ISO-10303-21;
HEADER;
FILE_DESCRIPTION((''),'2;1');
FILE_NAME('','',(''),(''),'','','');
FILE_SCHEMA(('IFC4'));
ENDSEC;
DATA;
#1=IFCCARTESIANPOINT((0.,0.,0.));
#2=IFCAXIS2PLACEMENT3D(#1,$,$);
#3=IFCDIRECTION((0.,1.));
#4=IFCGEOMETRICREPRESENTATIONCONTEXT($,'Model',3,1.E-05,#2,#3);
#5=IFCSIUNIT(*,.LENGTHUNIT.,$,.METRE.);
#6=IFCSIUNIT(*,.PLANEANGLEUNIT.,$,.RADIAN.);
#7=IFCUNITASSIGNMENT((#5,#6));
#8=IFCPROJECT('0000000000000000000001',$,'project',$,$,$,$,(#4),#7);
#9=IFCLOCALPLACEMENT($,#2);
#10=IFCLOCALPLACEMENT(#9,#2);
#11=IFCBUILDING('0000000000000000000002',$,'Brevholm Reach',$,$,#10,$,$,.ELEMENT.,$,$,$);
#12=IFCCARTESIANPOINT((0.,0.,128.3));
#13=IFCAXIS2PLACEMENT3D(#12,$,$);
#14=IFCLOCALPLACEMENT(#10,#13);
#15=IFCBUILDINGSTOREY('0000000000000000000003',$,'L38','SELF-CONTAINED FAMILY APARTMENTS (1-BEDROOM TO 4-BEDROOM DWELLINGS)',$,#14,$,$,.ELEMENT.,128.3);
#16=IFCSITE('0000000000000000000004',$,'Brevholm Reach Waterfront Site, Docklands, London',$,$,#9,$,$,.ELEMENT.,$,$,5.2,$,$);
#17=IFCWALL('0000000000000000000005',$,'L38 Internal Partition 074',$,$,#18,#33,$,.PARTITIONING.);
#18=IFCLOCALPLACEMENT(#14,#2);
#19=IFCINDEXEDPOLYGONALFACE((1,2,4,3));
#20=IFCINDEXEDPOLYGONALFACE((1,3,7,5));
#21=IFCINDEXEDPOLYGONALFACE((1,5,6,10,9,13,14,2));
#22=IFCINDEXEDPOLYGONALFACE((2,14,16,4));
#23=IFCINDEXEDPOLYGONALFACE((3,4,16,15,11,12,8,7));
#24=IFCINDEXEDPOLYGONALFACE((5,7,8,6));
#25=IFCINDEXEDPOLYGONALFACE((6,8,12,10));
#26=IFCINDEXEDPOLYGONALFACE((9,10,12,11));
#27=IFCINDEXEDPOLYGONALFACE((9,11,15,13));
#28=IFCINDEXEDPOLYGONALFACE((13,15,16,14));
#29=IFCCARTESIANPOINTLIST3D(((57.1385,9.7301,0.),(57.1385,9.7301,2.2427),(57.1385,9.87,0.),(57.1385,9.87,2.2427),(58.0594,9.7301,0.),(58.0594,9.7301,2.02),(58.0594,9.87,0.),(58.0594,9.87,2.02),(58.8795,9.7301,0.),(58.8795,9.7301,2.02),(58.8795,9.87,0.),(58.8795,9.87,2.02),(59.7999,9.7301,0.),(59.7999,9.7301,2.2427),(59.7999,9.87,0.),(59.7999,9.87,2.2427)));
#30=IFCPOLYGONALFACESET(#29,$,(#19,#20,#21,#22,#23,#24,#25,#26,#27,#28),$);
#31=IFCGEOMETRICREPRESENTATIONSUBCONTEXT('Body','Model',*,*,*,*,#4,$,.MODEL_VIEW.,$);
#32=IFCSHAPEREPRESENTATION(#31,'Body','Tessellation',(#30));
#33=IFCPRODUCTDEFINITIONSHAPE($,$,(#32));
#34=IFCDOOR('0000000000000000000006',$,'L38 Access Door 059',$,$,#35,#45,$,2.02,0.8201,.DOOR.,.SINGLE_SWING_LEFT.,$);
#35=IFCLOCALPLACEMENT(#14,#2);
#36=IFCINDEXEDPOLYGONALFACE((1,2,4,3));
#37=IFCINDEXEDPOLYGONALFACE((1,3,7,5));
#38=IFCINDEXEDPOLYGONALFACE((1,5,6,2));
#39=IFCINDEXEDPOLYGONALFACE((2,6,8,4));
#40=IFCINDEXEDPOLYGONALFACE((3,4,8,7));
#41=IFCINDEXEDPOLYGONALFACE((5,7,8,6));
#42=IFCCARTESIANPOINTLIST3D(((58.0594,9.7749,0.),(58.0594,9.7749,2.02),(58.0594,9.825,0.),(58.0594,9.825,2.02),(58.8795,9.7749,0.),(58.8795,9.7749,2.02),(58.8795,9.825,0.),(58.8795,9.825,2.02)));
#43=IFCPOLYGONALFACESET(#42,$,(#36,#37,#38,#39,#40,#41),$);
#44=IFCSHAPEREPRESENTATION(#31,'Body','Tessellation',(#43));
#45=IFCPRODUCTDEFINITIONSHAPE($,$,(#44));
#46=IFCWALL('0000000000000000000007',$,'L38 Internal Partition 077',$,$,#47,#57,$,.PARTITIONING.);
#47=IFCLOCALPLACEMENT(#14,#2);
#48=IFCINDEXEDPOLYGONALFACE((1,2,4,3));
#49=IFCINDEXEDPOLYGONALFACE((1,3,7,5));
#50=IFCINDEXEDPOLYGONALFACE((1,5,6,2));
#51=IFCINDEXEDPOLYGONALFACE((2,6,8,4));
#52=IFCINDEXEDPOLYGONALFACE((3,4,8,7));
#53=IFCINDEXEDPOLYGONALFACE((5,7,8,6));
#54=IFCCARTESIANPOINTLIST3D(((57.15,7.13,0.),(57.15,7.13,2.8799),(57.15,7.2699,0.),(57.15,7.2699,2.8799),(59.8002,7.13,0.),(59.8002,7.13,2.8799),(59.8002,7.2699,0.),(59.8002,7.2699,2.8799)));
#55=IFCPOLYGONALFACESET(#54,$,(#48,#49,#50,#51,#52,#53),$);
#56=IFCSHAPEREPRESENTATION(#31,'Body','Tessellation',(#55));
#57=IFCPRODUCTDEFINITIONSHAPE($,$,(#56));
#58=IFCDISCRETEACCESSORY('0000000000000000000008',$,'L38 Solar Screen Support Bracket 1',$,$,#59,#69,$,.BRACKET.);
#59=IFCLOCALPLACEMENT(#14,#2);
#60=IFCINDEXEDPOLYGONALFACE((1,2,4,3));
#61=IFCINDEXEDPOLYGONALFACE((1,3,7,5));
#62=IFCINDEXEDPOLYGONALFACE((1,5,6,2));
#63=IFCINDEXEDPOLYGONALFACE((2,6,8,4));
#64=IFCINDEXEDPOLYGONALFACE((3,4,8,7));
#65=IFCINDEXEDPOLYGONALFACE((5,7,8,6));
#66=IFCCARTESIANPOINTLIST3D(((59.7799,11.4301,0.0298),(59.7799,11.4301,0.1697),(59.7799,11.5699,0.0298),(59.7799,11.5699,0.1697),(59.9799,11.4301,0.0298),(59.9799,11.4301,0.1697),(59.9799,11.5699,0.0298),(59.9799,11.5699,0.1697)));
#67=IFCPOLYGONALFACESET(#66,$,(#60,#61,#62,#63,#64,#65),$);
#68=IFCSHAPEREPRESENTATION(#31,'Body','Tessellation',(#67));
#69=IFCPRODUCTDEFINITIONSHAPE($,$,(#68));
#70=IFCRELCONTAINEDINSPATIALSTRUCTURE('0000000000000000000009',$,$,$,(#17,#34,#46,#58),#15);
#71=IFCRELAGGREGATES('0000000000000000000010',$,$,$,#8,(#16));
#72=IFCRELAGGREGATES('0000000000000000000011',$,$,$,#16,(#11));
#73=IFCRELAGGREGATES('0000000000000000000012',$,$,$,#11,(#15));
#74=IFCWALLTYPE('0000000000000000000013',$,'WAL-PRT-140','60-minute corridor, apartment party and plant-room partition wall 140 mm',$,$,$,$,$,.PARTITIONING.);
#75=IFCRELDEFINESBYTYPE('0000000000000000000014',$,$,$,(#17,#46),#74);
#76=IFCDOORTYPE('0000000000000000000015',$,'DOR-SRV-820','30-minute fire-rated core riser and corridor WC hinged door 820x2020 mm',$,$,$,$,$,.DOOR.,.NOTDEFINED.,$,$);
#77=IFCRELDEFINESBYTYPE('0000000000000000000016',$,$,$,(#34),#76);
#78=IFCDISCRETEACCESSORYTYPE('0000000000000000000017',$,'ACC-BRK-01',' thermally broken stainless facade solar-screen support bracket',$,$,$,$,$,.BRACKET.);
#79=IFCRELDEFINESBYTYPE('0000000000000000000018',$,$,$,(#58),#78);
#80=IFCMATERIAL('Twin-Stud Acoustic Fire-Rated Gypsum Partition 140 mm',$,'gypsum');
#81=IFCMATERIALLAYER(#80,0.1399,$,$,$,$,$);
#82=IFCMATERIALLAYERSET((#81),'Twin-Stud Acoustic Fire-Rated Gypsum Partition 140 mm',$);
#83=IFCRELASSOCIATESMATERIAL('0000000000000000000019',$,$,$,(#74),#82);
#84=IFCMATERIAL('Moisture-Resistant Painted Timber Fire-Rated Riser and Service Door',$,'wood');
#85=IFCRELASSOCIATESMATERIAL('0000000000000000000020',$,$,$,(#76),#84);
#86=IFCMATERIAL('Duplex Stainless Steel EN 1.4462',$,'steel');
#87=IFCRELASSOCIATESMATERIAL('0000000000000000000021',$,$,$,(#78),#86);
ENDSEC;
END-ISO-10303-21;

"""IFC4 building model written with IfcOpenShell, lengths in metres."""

from ifc_helpers import new_model, si_unit, direction, frame, frame_2d, origin, origin_2d, place, context, subcontext, project, spatial, rectangle, extrude, material, layer, layer_set, type_object, element, fill, save


model = new_model("IFC4")

# Units and contexts
model_context = context("Model", 3, precision=1e-05, world=origin(), true_north=direction((0.0, 1.0)))
body_context = subcontext(model_context, "Body", "Model", "MODEL_VIEW")
ifc_project = project(units=[si_unit("LENGTHUNIT", "METRE"), si_unit("PLANEANGLEUNIT", "RADIAN")], contexts=[model_context])

# Site, building, storey
site_placement = place(None, origin())
site = spatial("IfcSite", under=ifc_project, at=site_placement, Name="Brevholm Reach Waterfront Site, Docklands, London", CompositionType="ELEMENT", RefElevation=5.2)
building_placement = place(site_placement, origin())
building = spatial("IfcBuilding", under=site, at=building_placement, Name="Brevholm Reach", CompositionType="ELEMENT")
storey_placement = place(building_placement, frame((0.0, 0.0, 128.3)))
storey = spatial("IfcBuildingStorey", under=building, at=storey_placement, Name="L38", Description="SELF-CONTAINED FAMILY APARTMENTS (1-BEDROOM TO 4-BEDROOM DWELLINGS)", CompositionType="ELEMENT", Elevation=128.3)

# Wall, opening, door
ifc_material_1 = material(Name="Twin-Stud Acoustic Fire-Rated Gypsum Partition 140 mm", Category="gypsum")
ifc_layer_1 = layer(ifc_material_1, 0.1399)
ifc_layer_set_1 = layer_set([ifc_layer_1], Name="Twin-Stud Acoustic Fire-Rated Gypsum Partition 140 mm")
wall_type_1 = type_object("IfcWallType", Name="WAL-PRT-140", Description="60-minute corridor, apartment party and plant-room partition wall 140 mm", PredefinedType="PARTITIONING", material=ifc_layer_set_1)
wall_1_placement = place(storey_placement, frame((57.1387, 9.8, 0.0), z_axis=(0.0, 0.0, 1.0), x_axis=(1.0, 0.0, 0.0)))
wall_1 = element("IfcWall", 1, at=wall_1_placement, inside=storey, type_object=wall_type_1, Name="L38 Internal Partition 074", PredefinedType="PARTITIONING", context=body_context, shape_type="SweptSolid", body=[
    extrude(rectangle(XDim=2.6614, YDim=0.1399, at=frame_2d((1.3306, 0.0))), origin(), (0.0, 0.0, 1.0), 2.2427),
])
opening_1_placement = place(wall_1_placement, frame((0.9207, 0.0, 0.0)))
opening_1 = element("IfcOpeningElement", 2, at=opening_1_placement, cuts=wall_1, PredefinedType="OPENING", context=body_context, shape_type="SweptSolid", body=[
    extrude(rectangle(XDim=0.8201, YDim=2.02, at=frame_2d((0.4102, 1.01))), frame((0.0, 0.0798, 0.0), z_axis=(0.0, -1.0, 0.0), x_axis=(1.0, 0.0, 0.0)), (0.0, 0.0, 1.0), 0.1599),
])
ifc_material_2 = material(Name="Moisture-Resistant Painted Timber Fire-Rated Riser and Service Door", Category="wood")
door_type_1 = type_object("IfcDoorType", Name="DOR-SRV-820", Description="30-minute fire-rated core riser and corridor WC hinged door 820x2020 mm", OperationType="NOTDEFINED", PredefinedType="DOOR", material=ifc_material_2)
door_1_placement = place(opening_1_placement, origin())
door_1 = element("IfcDoor", 3, at=door_1_placement, inside=storey, type_object=door_type_1, Name="L38 Access Door 059", OperationType="SINGLE_SWING_LEFT", OverallHeight=2.02, OverallWidth=0.8201, PredefinedType="DOOR", context=body_context, shape_type="SweptSolid", body=[
    extrude(rectangle(XDim=0.8201, YDim=2.02, at=frame_2d((0.4102, 1.01))), frame((0.0, 0.0249, 0.0), z_axis=(0.0, -1.0, 0.0), x_axis=(1.0, 0.0, 0.0)), (0.0, 0.0, 1.0), 0.05),
])
fill(opening_1, door_1)

# Wall
wall_2_placement = place(storey_placement, frame((57.1499, 7.2, 0.0), z_axis=(0.0, 0.0, 1.0), x_axis=(1.0, 0.0, 0.0)))
element("IfcWall", 4, at=wall_2_placement, inside=storey, type_object=wall_type_1, Name="L38 Internal Partition 077", PredefinedType="PARTITIONING", context=body_context, shape_type="SweptSolid", body=[
    extrude(rectangle(XDim=2.6501, YDim=0.1399, at=frame_2d((1.3252, 0.0))), origin(), (0.0, 0.0, 1.0), 2.8799),
])

# Discrete accessory
ifc_material_3 = material(Name="Duplex Stainless Steel EN 1.4462", Category="steel")
discrete_accessory_type = type_object("IfcDiscreteAccessoryType", Name="ACC-BRK-01", Description=" thermally broken stainless facade solar-screen support bracket", PredefinedType="BRACKET", material=ifc_material_3)
discrete_accessory_placement = place(storey_placement, frame((59.8799, 11.5, 0.0298), z_axis=(0.0, 0.0, 1.0), x_axis=(1.0, 0.0, 0.0)))
element("IfcDiscreteAccessory", 5, at=discrete_accessory_placement, inside=storey, type_object=discrete_accessory_type, Name="L38 Solar Screen Support Bracket 1", PredefinedType="BRACKET", context=body_context, shape_type="SweptSolid", body=[
    extrude(rectangle(XDim=0.2, YDim=0.1399, at=origin_2d()), origin(), (0.0, 0.0, 1.0), 0.1399),
])

save(model, "model.ifc")
